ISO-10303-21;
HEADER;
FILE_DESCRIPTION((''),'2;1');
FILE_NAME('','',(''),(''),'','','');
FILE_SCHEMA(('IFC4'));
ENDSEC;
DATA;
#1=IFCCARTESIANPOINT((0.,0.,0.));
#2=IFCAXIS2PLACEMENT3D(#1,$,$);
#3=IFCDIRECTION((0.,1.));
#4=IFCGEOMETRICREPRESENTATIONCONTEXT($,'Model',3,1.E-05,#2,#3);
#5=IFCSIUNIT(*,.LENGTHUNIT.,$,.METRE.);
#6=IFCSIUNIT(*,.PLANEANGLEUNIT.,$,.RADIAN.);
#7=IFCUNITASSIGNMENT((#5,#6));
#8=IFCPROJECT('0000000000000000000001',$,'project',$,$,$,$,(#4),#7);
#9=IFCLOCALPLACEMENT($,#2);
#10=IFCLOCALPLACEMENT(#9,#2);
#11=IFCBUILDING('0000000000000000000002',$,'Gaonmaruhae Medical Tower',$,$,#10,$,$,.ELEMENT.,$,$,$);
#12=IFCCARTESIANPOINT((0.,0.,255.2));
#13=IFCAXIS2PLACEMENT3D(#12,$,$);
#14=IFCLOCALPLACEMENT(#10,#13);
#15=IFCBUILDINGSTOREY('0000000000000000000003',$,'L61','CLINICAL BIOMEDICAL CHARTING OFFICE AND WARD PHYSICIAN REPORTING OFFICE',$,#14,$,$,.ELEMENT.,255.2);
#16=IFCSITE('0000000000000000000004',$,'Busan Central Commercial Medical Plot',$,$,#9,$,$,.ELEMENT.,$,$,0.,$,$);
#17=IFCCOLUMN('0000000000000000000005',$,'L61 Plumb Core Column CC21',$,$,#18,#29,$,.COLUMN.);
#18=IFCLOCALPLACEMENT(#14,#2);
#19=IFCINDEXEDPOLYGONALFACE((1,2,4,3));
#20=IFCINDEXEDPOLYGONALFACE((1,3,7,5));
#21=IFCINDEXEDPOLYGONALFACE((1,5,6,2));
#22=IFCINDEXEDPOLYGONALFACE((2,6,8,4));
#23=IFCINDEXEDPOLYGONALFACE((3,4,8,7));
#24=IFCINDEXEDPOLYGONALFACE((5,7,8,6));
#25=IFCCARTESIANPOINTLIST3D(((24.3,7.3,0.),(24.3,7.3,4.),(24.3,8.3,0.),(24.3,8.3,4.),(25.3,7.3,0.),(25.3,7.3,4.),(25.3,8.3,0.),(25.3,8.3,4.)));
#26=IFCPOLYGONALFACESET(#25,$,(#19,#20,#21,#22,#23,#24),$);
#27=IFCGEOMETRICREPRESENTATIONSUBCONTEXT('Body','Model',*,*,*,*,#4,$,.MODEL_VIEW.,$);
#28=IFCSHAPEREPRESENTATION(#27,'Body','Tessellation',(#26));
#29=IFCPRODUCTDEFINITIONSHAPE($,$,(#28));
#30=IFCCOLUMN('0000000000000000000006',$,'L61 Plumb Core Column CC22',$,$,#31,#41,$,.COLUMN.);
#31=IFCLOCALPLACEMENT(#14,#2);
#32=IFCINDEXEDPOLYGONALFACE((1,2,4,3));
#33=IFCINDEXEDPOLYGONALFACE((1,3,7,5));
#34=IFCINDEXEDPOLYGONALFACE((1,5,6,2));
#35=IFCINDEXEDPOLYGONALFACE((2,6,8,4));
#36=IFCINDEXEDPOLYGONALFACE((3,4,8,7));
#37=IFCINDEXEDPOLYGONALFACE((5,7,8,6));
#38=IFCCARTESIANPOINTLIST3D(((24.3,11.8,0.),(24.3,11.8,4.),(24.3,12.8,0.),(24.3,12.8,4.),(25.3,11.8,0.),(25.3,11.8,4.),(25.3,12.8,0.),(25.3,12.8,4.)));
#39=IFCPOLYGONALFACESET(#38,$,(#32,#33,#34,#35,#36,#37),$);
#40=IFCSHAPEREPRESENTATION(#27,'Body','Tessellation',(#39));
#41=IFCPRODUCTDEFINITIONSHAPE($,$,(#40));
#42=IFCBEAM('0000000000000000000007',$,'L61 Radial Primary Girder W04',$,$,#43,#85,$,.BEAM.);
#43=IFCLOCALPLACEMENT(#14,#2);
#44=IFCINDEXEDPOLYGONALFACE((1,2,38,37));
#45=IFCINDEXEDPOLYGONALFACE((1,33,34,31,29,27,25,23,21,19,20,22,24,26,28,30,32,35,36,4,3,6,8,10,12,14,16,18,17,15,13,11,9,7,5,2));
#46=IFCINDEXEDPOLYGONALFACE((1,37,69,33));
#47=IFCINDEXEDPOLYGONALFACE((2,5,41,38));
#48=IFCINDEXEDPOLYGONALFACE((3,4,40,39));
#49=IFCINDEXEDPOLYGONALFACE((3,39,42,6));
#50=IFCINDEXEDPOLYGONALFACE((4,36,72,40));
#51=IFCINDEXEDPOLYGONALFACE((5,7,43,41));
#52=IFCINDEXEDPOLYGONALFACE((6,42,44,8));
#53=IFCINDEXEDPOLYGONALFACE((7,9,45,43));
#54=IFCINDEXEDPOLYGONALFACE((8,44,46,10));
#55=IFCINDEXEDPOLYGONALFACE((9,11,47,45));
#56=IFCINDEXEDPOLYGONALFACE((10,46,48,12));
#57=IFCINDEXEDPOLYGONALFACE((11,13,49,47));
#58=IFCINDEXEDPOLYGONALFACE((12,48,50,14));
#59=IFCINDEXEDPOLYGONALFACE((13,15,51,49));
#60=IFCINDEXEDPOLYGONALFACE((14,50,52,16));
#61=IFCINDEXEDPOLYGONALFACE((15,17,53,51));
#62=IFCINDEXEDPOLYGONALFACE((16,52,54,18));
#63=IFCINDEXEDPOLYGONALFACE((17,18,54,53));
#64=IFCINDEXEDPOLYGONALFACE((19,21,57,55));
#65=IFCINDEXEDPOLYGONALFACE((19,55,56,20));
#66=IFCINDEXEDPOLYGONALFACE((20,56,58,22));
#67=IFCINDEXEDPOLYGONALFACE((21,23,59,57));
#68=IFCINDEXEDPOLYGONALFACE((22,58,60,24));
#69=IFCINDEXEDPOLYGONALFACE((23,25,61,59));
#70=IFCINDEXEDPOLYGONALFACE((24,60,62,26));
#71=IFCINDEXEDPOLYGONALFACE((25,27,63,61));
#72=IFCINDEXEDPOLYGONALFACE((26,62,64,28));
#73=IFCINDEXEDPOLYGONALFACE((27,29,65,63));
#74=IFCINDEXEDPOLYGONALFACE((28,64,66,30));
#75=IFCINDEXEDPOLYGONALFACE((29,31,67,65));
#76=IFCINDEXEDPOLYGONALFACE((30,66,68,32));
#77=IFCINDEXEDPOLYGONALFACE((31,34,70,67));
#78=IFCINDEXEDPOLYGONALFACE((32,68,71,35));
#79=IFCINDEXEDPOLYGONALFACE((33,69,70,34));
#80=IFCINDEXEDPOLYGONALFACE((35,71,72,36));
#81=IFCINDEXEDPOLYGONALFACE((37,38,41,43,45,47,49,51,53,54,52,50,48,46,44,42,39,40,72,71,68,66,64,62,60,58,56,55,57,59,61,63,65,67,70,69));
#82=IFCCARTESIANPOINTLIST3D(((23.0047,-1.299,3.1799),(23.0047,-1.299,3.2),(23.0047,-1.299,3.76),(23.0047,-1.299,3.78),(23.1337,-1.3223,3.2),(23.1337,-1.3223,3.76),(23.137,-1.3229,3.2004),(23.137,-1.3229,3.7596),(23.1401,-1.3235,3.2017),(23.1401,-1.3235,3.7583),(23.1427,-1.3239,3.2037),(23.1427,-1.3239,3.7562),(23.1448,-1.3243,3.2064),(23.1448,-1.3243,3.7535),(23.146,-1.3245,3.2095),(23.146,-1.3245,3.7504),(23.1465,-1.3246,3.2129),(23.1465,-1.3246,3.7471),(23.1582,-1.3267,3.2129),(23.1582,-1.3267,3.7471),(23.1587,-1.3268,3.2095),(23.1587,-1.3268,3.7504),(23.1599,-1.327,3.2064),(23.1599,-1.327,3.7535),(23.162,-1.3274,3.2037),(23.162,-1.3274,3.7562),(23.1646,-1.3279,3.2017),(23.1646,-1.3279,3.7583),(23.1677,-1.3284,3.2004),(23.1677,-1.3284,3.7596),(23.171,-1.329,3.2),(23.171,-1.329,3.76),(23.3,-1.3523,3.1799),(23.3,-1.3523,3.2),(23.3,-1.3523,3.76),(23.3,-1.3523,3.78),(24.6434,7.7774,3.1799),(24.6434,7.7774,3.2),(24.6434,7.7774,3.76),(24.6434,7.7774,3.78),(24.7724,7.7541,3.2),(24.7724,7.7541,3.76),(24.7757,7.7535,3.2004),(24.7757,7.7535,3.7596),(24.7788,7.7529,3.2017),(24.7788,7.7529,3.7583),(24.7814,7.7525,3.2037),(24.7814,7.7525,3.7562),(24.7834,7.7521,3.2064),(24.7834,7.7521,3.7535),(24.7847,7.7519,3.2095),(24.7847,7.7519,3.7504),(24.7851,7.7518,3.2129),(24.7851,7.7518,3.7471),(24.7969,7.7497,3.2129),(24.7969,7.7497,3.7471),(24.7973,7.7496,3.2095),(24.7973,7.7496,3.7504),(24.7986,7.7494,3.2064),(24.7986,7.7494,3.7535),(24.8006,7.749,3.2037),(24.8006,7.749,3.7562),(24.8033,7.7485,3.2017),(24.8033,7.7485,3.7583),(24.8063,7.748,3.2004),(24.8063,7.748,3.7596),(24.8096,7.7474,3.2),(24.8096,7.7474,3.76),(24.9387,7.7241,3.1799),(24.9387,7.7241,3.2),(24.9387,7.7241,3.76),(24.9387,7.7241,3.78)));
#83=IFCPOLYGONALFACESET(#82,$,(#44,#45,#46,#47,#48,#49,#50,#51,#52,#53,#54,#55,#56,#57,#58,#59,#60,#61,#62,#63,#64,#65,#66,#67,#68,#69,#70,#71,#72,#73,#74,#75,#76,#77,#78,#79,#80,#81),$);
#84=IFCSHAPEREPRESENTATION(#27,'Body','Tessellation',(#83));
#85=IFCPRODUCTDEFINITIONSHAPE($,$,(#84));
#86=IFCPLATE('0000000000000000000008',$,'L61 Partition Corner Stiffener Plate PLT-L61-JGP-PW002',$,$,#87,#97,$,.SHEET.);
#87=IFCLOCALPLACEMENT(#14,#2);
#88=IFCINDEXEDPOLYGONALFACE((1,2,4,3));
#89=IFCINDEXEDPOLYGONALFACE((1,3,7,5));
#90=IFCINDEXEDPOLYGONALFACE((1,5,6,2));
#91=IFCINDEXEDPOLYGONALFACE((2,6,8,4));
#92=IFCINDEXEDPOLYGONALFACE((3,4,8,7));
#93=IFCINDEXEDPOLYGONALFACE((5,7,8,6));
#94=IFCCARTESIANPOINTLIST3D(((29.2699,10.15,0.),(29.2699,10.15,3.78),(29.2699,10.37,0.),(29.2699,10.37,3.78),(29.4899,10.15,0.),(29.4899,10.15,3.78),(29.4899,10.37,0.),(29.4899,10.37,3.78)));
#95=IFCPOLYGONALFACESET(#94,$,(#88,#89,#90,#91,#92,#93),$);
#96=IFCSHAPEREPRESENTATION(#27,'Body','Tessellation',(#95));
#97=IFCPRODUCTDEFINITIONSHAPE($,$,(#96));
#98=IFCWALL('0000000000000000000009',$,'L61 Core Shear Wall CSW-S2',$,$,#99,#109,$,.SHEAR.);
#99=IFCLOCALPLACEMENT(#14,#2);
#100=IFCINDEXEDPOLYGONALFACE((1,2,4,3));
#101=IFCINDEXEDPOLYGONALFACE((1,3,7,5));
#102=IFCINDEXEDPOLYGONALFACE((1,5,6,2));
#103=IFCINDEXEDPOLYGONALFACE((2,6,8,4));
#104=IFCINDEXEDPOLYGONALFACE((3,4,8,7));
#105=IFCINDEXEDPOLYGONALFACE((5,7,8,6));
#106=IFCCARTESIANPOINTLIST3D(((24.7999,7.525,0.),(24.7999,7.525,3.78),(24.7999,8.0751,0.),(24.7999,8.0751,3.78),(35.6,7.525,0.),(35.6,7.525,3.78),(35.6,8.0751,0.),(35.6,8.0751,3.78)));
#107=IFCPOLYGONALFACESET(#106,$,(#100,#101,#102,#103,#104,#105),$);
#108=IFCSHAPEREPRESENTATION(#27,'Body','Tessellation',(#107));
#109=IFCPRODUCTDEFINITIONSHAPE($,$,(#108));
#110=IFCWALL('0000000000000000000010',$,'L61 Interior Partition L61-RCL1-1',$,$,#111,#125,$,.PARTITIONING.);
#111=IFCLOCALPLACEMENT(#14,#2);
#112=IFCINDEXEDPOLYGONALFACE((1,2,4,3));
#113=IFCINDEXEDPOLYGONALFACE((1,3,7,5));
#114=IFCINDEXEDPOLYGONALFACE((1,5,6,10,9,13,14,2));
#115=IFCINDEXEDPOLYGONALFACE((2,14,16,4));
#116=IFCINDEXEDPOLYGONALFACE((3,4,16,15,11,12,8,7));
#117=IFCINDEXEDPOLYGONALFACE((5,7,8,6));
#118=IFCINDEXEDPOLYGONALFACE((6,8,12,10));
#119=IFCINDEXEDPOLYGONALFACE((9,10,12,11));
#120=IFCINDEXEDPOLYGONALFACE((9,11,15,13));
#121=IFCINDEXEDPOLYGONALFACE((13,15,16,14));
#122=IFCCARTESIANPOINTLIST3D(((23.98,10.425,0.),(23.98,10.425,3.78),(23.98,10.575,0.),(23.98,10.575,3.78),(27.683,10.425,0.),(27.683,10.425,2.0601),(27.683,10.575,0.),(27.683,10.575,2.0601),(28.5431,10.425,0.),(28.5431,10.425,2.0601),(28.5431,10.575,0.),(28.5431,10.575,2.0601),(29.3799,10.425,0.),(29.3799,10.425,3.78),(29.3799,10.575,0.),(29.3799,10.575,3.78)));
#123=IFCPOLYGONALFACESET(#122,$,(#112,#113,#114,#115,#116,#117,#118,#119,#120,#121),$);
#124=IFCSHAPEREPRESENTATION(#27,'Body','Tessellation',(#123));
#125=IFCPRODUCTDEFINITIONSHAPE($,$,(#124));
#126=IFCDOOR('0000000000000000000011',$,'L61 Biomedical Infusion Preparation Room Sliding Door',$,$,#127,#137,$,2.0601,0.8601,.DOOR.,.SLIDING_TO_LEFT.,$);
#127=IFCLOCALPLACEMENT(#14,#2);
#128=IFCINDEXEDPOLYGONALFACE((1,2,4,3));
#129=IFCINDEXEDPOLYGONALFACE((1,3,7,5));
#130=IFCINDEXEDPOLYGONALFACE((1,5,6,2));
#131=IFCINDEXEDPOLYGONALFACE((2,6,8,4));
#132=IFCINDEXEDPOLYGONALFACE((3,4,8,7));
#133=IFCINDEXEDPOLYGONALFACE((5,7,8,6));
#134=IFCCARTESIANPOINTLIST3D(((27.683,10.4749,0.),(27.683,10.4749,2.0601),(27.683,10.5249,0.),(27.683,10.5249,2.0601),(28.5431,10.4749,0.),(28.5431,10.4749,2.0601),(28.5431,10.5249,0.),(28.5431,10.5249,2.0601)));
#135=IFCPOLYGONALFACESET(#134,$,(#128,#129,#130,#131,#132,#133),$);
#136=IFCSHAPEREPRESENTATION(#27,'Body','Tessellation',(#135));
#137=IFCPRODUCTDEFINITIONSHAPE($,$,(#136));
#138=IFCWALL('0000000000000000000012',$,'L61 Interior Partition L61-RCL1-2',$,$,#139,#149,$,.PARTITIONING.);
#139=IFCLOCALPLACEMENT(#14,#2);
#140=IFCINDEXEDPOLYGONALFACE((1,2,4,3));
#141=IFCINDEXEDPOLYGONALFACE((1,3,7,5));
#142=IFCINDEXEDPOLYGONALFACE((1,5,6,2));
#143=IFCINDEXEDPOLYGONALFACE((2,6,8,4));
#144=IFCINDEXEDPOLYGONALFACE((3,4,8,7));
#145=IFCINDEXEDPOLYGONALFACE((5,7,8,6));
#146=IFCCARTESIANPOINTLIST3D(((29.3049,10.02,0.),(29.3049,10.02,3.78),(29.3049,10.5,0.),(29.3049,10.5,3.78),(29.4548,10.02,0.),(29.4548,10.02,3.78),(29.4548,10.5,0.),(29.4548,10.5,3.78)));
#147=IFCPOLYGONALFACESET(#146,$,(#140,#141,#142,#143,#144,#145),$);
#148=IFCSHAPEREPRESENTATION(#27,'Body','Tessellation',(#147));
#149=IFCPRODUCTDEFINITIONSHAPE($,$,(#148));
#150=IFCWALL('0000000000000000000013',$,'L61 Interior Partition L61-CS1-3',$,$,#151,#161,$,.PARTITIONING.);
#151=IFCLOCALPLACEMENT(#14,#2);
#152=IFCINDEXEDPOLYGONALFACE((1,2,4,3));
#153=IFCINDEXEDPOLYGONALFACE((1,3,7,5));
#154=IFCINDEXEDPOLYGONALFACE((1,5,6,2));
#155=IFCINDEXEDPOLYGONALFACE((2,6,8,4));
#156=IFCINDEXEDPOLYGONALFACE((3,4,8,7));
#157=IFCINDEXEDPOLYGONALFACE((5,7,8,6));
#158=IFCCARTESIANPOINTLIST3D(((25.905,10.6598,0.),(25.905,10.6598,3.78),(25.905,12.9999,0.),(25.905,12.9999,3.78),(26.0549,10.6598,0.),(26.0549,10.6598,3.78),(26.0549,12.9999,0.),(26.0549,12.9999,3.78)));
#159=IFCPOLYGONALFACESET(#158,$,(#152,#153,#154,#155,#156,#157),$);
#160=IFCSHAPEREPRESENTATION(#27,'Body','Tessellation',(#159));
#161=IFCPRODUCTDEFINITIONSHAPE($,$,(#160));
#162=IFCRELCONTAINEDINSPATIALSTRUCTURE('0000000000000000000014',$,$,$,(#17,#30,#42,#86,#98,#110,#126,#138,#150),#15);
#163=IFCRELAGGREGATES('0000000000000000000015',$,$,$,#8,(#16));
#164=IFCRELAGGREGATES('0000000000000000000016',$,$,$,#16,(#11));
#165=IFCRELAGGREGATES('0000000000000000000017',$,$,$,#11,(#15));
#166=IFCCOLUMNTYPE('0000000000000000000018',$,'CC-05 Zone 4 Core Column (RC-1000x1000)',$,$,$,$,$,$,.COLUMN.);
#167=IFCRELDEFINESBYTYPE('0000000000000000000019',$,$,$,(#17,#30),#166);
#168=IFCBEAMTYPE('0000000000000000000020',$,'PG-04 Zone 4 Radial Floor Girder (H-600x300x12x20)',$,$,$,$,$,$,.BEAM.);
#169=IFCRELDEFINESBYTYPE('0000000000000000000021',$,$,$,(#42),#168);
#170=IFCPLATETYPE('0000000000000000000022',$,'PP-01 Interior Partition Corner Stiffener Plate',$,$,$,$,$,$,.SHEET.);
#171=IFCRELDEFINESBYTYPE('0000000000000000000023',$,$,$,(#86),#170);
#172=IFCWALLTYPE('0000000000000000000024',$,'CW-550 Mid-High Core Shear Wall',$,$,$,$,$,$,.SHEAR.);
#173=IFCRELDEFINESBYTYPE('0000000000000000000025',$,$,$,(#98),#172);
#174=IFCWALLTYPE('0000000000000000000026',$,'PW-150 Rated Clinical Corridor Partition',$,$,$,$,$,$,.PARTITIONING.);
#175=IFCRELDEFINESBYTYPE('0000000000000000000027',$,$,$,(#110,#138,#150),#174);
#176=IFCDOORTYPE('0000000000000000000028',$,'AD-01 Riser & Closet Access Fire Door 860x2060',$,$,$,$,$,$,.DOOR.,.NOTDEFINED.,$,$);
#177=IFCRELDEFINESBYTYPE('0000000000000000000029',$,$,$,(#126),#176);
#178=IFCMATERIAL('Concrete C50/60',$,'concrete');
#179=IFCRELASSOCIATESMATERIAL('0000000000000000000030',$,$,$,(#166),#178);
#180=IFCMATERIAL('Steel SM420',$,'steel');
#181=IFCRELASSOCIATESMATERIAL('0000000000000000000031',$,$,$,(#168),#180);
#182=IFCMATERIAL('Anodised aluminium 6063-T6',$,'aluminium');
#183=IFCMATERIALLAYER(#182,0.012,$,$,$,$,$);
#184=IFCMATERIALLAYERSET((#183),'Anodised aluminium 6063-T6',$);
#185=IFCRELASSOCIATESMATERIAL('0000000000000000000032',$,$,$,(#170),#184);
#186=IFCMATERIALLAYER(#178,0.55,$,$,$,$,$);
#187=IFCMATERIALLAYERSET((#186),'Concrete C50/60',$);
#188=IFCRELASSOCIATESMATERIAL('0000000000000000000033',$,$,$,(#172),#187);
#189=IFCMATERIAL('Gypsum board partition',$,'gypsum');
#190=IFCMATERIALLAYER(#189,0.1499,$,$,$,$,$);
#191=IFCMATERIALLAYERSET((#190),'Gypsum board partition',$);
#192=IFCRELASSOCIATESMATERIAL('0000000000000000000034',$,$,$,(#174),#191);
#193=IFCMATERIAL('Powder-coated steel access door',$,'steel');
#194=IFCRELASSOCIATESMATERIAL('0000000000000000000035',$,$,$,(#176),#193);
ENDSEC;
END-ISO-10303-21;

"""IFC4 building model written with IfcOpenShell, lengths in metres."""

from ifc_helpers import new_model, si_unit, direction, frame, frame_2d, origin, origin_2d, place, context, subcontext, project, spatial, rectangle, i_section, extrude, material, layer, layer_set, material_profile, profile_set, type_object, element, fill, save


model = new_model("IFC4")

# Units and contexts
model_context = context("Model", 3, precision=1e-05, world=origin(), true_north=direction((0.0, 1.0)))
body_context = subcontext(model_context, "Body", "Model", "MODEL_VIEW")
ifc_project = project(units=[si_unit("LENGTHUNIT", "METRE"), si_unit("PLANEANGLEUNIT", "RADIAN")], contexts=[model_context])

# Site, building, storey
site_placement = place(None, origin())
site = spatial("IfcSite", under=ifc_project, at=site_placement, Name="Busan Central Commercial Medical Plot", CompositionType="ELEMENT", RefElevation=0.0)
building_placement = place(site_placement, origin())
building = spatial("IfcBuilding", under=site, at=building_placement, Name="Gaonmaruhae Medical Tower", CompositionType="ELEMENT")
storey_placement = place(building_placement, frame((0.0, 0.0, 255.2)))
storey = spatial("IfcBuildingStorey", under=building, at=storey_placement, Name="L61", Description="CLINICAL BIOMEDICAL CHARTING OFFICE AND WARD PHYSICIAN REPORTING OFFICE", CompositionType="ELEMENT", Elevation=255.2)

# Columns
ifc_material_1 = material(Name="Concrete C50/60", Category="concrete")
ifc_material_profile_1 = material_profile(ifc_material_1, rectangle(XDim=1.0, YDim=1.0, at=origin_2d()), Name="RC-1000x1000")
ifc_profile_set_1 = profile_set([ifc_material_profile_1], Name="Concrete C50/60")
column_type = type_object("IfcColumnType", Name="CC-05 Zone 4 Core Column (RC-1000x1000)", PredefinedType="COLUMN", material=ifc_profile_set_1)
for number, where, z_axis, x_axis, name in (
    (1, (24.8, 7.8, 0.0), (0.0, 0.0, 1.0), (1.0, 0.0, 0.0), "L61 Plumb Core Column CC21"),
    (2, (24.8, 12.3, 0.0), (0.0, 0.0, 1.0), (1.0, 0.0, 0.0), "L61 Plumb Core Column CC22"),
):
    element("IfcColumn", number, at=place(storey_placement, frame(where, z_axis=z_axis, x_axis=x_axis)), inside=storey, type_object=column_type, Name=name, PredefinedType="COLUMN", context=body_context, shape_type="SweptSolid", body=[
        extrude(rectangle(XDim=1.0, YDim=1.0, at=origin_2d()), origin(), (0.0, 0.0, 1.0), 4.0),
    ])

# Beam
ifc_material_2 = material(Name="Steel SM420", Category="steel")
ifc_material_profile_2 = material_profile(ifc_material_2, i_section(OverallWidth=0.3, OverallDepth=0.6001, WebThickness=0.012, FlangeThickness=0.02, FilletRadius=0.0129, at=origin_2d()), Name="H-600x300x12x20")
ifc_profile_set_2 = profile_set([ifc_material_profile_2], Name="Steel SM420")
beam_type = type_object("IfcBeamType", Name="PG-04 Zone 4 Radial Floor Girder (H-600x300x12x20)", PredefinedType="BEAM", material=ifc_profile_set_2)
beam_placement = place(storey_placement, frame((24.791, 7.7507, 3.48), z_axis=(-0.177669, -0.98409, 0.0), x_axis=(0.98409, -0.177669, 0.0)))
element("IfcBeam", 3, at=beam_placement, inside=storey, type_object=beam_type, Name="L61 Radial Primary Girder W04", PredefinedType="BEAM", context=body_context, shape_type="SweptSolid", body=[
    extrude(i_section(OverallWidth=0.3, OverallDepth=0.6001, WebThickness=0.012, FlangeThickness=0.02, FilletRadius=0.0129, at=origin_2d()), origin(), (0.0, 0.0, 1.0), 9.2231),
])

# Plate
ifc_material_3 = material(Name="Anodised aluminium 6063-T6", Category="aluminium")
ifc_layer_1 = layer(ifc_material_3, 0.012)
ifc_layer_set_1 = layer_set([ifc_layer_1], Name="Anodised aluminium 6063-T6")
plate_type = type_object("IfcPlateType", Name="PP-01 Interior Partition Corner Stiffener Plate", PredefinedType="SHEET", material=ifc_layer_set_1)
plate_placement = place(storey_placement, frame((29.3799, 10.26, 0.0), z_axis=(0.0, 0.0, 1.0), x_axis=(0.0, -1.0, 0.0)))
element("IfcPlate", 4, at=plate_placement, inside=storey, type_object=plate_type, Name="L61 Partition Corner Stiffener Plate PLT-L61-JGP-PW002", PredefinedType="SHEET", context=body_context, shape_type="SweptSolid", body=[
    extrude(rectangle(XDim=0.22, YDim=0.22, at=origin_2d()), origin(), (0.0, 0.0, 1.0), 3.78),
])

# Wall
ifc_layer_2 = layer(ifc_material_1, 0.55)
ifc_layer_set_2 = layer_set([ifc_layer_2], Name="Concrete C50/60")
wall_type_1 = type_object("IfcWallType", Name="CW-550 Mid-High Core Shear Wall", PredefinedType="SHEAR", material=ifc_layer_set_2)
wall_1_placement = place(storey_placement, frame((24.8, 7.8, 0.0), z_axis=(0.0, 0.0, 1.0), x_axis=(1.0, 0.0, 0.0)))
element("IfcWall", 5, at=wall_1_placement, inside=storey, type_object=wall_type_1, Name="L61 Core Shear Wall CSW-S2", PredefinedType="SHEAR", context=body_context, shape_type="SweptSolid", body=[
    extrude(rectangle(XDim=10.8, YDim=0.55, at=frame_2d((5.3999, 0.0))), origin(), (0.0, 0.0, 1.0), 3.78),
])

# Wall, opening, door
ifc_material_4 = material(Name="Gypsum board partition", Category="gypsum")
ifc_layer_3 = layer(ifc_material_4, 0.1499)
ifc_layer_set_3 = layer_set([ifc_layer_3], Name="Gypsum board partition")
wall_type_2 = type_object("IfcWallType", Name="PW-150 Rated Clinical Corridor Partition", PredefinedType="PARTITIONING", material=ifc_layer_set_3)
wall_2_placement = place(storey_placement, frame((23.98, 10.5, 0.0), z_axis=(0.0, 0.0, 1.0), x_axis=(1.0, 0.0, 0.0)))
wall_2 = element("IfcWall", 6, at=wall_2_placement, inside=storey, type_object=wall_type_2, Name="L61 Interior Partition L61-RCL1-1", PredefinedType="PARTITIONING", context=body_context, shape_type="SweptSolid", body=[
    extrude(rectangle(XDim=5.3999, YDim=0.1499, at=frame_2d((2.7, 0.0))), origin(), (0.0, 0.0, 1.0), 3.78),
])
opening_1_placement = place(wall_2_placement, frame((3.7029, 0.0, 0.0)))
opening_1 = element("IfcOpeningElement", 7, at=opening_1_placement, cuts=wall_2, PredefinedType="OPENING", context=body_context, shape_type="SweptSolid", body=[
    extrude(rectangle(XDim=0.8601, YDim=2.0601, at=frame_2d((0.4302, 1.03))), frame((0.0, 0.085, 0.0), z_axis=(0.0, -1.0, 0.0), x_axis=(1.0, 0.0, 0.0)), (0.0, 0.0, 1.0), 0.1699),
])
ifc_material_5 = material(Name="Powder-coated steel access door", Category="steel")
door_type_1 = type_object("IfcDoorType", Name="AD-01 Riser & Closet Access Fire Door 860x2060", OperationType="NOTDEFINED", PredefinedType="DOOR", material=ifc_material_5)
door_1_placement = place(opening_1_placement, origin())
door_1 = element("IfcDoor", 8, at=door_1_placement, inside=storey, type_object=door_type_1, Name="L61 Biomedical Infusion Preparation Room Sliding Door", OperationType="SLIDING_TO_LEFT", OverallHeight=2.0601, OverallWidth=0.8601, PredefinedType="DOOR", context=body_context, shape_type="SweptSolid", body=[
    extrude(rectangle(XDim=0.8601, YDim=2.0601, at=frame_2d((0.4302, 1.03))), frame((0.0, 0.0249, 0.0), z_axis=(0.0, -1.0, 0.0), x_axis=(1.0, 0.0, 0.0)), (0.0, 0.0, 1.0), 0.05),
])
fill(opening_1, door_1)

# Walls
wall_3_placement = place(storey_placement, frame((29.3799, 10.5, 0.0), z_axis=(0.0, 0.0, 1.0), x_axis=(0.0, -1.0, 0.0)))
element("IfcWall", 9, at=wall_3_placement, inside=storey, type_object=wall_type_2, Name="L61 Interior Partition L61-RCL1-2", PredefinedType="PARTITIONING", context=body_context, shape_type="SweptSolid", body=[
    extrude(rectangle(XDim=0.48, YDim=0.1499, at=frame_2d((0.24, 0.0))), origin(), (0.0, 0.0, 1.0), 3.78),
])
wall_4_placement = place(storey_placement, frame((25.98, 10.6599, 0.0), z_axis=(0.0, 0.0, 1.0), x_axis=(0.0, 1.0, 0.0)))
element("IfcWall", 10, at=wall_4_placement, inside=storey, type_object=wall_type_2, Name="L61 Interior Partition L61-CS1-3", PredefinedType="PARTITIONING", context=body_context, shape_type="SweptSolid", body=[
    extrude(rectangle(XDim=2.3401, YDim=0.1499, at=frame_2d((1.1699, 0.0))), origin(), (0.0, 0.0, 1.0), 3.78),
])

save(model, "model.ifc")
